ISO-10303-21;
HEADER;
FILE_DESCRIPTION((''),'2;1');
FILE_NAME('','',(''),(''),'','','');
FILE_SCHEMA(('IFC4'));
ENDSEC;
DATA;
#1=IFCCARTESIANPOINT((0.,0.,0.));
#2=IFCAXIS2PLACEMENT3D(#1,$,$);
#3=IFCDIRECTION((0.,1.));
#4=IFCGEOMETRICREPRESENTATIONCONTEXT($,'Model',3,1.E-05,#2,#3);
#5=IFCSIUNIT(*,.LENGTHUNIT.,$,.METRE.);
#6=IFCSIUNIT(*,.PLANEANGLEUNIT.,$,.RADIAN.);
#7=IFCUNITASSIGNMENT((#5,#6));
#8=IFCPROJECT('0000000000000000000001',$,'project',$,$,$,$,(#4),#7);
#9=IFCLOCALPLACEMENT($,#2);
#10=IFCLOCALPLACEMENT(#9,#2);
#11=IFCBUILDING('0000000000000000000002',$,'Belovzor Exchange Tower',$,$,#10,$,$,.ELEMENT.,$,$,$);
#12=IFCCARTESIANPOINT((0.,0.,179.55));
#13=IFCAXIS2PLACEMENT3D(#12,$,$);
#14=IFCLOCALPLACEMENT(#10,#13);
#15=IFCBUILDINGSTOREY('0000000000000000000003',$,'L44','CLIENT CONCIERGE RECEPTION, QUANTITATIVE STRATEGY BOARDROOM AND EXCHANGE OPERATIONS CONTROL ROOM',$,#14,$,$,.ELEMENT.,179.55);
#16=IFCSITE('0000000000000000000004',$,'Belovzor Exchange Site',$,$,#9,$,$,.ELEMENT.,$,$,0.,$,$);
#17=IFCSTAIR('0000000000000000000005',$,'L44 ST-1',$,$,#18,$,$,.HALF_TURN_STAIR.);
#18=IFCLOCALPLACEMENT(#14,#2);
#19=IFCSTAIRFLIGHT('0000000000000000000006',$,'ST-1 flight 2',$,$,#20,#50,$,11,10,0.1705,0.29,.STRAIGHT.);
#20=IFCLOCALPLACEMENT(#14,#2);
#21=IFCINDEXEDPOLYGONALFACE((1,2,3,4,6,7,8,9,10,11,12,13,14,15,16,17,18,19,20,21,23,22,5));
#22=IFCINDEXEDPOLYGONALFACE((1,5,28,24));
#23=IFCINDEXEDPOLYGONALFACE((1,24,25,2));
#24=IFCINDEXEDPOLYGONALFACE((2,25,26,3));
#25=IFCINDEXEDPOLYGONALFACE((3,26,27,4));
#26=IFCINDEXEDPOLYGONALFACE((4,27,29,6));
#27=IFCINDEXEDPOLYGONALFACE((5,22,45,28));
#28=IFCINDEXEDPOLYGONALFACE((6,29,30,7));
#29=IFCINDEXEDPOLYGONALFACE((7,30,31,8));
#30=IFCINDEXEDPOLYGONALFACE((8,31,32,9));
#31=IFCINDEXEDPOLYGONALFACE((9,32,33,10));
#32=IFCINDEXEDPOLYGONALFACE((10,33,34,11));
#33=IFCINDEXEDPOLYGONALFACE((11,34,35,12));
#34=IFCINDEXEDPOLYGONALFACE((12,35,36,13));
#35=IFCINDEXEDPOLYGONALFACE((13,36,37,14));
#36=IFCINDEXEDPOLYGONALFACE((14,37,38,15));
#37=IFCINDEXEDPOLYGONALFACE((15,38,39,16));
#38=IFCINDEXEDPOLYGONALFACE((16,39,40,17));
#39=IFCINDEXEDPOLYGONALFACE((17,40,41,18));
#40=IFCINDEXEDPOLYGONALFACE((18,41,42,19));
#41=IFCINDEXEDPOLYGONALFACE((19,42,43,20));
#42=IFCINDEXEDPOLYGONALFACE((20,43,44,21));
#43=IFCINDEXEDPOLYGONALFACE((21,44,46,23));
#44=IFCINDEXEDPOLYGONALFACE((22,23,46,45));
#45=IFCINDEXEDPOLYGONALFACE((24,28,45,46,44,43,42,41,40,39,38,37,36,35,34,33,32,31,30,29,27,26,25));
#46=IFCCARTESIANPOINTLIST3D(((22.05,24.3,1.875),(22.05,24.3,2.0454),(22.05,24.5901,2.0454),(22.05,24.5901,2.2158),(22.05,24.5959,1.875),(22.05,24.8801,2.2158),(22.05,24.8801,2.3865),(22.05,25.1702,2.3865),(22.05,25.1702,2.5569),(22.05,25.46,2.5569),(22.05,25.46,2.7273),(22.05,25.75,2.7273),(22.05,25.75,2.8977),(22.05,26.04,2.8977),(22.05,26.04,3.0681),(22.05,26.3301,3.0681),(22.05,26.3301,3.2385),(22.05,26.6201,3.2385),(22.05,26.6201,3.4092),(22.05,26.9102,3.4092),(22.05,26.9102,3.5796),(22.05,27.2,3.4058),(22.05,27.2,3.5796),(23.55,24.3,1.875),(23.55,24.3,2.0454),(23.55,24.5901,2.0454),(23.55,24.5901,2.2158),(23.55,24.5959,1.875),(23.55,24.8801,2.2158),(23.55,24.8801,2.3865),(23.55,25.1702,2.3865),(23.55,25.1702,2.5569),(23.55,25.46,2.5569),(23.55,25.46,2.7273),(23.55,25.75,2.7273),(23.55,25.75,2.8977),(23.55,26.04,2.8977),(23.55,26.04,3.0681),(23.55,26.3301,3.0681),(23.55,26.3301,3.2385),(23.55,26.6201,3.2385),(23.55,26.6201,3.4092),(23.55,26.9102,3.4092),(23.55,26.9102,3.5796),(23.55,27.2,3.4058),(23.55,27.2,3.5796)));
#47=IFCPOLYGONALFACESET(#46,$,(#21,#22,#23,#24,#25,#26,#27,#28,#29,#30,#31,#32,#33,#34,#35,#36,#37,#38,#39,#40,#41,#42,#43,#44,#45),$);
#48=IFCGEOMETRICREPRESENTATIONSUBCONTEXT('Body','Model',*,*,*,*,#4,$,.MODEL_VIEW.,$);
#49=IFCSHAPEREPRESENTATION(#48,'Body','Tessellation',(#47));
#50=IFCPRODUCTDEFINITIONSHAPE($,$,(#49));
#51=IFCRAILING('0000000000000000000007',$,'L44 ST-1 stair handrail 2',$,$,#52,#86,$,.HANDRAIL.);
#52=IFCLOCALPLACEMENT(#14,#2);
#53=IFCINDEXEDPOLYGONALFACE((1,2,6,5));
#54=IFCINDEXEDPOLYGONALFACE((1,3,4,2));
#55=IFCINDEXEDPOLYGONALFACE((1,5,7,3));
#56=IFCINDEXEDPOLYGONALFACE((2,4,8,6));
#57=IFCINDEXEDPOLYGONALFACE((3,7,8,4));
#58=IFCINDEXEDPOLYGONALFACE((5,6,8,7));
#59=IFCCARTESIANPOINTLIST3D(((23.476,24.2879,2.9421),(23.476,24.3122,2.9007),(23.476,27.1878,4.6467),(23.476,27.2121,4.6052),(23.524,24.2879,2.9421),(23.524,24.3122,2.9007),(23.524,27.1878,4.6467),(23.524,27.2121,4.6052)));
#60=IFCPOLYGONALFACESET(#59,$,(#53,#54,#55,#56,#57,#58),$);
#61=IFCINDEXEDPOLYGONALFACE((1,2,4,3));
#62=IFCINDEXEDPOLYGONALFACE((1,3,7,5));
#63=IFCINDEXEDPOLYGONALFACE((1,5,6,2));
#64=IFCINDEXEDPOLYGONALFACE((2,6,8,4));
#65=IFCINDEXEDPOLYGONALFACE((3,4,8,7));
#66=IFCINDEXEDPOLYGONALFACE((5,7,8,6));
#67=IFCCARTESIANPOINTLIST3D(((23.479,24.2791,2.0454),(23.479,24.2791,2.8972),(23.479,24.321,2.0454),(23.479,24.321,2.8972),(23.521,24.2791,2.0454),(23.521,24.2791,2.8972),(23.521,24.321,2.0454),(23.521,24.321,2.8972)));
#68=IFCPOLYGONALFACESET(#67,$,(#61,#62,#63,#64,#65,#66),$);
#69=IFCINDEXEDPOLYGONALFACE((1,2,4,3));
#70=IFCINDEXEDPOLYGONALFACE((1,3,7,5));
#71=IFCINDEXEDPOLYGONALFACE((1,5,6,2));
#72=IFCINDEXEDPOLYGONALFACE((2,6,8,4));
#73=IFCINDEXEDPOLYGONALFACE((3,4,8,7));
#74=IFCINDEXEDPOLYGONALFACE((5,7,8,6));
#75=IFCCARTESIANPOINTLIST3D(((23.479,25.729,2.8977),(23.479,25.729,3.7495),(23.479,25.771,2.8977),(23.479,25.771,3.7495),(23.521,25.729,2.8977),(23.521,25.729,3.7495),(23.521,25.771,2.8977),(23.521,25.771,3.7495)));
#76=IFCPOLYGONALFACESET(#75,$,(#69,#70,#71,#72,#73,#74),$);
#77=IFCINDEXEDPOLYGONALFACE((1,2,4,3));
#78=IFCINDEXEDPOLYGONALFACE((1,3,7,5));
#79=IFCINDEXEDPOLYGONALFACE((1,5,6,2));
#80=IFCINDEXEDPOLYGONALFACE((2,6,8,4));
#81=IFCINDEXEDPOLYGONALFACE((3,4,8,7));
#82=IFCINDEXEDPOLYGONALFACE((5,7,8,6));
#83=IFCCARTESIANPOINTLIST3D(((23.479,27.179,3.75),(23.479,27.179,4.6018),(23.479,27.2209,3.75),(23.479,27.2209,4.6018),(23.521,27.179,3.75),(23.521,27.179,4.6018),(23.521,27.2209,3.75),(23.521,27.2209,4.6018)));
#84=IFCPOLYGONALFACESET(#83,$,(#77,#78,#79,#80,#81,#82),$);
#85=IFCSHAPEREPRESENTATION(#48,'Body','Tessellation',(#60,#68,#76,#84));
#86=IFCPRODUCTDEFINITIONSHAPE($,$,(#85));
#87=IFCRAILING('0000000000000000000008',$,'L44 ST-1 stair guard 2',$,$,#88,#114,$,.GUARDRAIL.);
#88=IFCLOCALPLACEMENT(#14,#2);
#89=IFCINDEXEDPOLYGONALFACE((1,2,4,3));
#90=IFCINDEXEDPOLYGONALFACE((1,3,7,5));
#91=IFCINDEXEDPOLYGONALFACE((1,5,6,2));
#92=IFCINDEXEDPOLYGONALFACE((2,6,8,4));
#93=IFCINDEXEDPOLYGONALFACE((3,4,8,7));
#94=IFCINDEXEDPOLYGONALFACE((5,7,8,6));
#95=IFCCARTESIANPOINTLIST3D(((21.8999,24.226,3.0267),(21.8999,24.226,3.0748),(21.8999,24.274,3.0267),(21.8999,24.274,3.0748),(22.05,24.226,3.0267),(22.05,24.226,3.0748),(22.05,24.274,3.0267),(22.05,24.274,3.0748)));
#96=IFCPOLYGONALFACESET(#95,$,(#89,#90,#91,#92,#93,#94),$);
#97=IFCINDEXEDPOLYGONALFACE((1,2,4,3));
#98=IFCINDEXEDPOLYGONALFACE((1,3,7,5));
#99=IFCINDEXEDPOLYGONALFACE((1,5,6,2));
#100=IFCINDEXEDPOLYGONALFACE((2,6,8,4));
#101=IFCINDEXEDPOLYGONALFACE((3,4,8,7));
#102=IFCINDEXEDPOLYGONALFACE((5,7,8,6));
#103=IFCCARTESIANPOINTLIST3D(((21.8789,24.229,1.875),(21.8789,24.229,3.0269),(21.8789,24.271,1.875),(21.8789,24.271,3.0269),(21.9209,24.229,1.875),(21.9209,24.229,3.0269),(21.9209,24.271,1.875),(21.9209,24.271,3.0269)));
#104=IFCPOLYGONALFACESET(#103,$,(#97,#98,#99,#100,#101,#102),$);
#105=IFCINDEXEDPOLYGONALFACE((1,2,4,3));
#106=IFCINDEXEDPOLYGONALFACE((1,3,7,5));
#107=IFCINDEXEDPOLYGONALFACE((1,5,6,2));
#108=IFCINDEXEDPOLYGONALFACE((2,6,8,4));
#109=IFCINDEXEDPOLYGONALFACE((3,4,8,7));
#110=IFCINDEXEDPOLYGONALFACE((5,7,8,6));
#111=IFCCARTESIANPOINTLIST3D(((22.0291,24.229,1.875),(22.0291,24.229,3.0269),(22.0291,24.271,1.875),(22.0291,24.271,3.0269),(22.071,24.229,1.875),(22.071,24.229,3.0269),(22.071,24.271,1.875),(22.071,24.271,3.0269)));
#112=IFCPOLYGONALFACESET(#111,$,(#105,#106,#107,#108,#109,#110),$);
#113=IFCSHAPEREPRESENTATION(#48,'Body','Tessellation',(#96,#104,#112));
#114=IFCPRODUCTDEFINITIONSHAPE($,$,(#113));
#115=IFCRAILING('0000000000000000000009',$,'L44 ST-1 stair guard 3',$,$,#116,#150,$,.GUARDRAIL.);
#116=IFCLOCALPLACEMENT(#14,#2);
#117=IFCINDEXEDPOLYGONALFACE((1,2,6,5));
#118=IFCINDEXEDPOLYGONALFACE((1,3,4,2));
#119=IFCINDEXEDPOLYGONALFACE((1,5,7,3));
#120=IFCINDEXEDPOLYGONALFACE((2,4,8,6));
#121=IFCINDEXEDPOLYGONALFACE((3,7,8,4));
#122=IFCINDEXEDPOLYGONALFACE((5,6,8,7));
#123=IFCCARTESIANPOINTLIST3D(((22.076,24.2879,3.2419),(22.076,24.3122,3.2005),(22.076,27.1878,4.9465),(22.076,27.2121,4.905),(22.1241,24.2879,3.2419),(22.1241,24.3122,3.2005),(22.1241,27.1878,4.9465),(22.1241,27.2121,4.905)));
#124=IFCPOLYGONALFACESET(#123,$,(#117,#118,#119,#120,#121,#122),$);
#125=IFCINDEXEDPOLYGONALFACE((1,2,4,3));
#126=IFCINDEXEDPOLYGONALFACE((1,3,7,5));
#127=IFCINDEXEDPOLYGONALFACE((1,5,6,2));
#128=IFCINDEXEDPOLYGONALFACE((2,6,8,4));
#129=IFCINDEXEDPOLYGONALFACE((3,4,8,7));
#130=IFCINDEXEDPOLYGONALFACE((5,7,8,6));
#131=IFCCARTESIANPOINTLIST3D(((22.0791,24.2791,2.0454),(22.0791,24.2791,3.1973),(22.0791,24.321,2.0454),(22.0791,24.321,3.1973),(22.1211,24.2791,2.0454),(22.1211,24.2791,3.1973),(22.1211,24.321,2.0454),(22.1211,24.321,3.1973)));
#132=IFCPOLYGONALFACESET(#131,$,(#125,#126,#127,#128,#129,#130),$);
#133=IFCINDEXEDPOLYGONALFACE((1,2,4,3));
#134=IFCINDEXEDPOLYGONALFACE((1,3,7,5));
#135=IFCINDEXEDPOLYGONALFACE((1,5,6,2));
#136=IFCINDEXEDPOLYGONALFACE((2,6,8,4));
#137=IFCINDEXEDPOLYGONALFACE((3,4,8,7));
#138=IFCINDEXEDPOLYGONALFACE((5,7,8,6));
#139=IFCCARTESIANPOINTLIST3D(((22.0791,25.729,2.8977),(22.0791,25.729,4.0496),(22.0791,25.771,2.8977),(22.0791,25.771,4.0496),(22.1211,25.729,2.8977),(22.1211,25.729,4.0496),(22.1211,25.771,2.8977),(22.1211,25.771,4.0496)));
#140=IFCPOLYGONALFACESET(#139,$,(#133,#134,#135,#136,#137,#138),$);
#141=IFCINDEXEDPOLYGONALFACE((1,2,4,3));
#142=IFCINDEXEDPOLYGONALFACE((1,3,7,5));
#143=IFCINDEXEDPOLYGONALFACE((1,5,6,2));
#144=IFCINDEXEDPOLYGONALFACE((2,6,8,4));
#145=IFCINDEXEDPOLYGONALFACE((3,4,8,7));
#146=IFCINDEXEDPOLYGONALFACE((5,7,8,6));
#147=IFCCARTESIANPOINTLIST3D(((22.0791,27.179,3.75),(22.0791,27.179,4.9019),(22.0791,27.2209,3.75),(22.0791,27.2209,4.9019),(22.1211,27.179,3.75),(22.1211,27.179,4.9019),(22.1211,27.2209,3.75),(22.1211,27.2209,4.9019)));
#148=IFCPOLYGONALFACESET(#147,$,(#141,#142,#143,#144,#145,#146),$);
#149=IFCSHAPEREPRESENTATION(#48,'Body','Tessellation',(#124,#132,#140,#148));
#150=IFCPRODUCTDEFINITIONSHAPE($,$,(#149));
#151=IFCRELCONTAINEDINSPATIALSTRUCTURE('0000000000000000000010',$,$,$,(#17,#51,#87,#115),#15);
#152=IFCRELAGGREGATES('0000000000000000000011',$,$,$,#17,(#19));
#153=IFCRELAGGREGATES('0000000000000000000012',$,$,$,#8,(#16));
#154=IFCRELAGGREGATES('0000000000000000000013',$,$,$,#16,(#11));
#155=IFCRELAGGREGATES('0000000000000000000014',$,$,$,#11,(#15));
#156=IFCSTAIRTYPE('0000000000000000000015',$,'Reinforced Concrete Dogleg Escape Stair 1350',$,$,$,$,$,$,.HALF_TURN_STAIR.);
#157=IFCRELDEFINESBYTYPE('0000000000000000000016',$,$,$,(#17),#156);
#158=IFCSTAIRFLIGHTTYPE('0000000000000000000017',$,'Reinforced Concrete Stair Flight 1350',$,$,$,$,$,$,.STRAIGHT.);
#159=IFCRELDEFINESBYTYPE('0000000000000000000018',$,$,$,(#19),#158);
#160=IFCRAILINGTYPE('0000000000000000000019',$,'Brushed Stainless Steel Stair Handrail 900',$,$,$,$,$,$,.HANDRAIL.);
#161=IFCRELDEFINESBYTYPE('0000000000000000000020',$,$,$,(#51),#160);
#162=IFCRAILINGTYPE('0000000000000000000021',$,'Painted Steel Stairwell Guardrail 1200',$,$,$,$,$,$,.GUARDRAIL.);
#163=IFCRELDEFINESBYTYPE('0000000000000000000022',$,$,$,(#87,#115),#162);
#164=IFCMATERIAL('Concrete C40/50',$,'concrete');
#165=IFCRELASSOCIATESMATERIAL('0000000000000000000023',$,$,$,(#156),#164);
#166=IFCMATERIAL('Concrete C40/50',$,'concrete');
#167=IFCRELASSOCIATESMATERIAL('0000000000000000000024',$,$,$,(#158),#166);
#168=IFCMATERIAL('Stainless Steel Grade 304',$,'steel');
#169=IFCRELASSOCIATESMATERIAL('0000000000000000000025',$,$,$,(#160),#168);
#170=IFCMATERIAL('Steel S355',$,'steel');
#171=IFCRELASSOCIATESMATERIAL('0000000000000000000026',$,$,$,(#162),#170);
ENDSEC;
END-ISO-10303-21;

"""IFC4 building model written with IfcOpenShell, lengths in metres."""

from ifc_helpers import new_model, si_unit, direction, frame, origin, origin_2d, place, context, subcontext, project, spatial, polyline, rectangle, outline, extrude, material, type_object, element, aggregate, save


model = new_model("IFC4")

# Units and contexts
model_context = context("Model", 3, precision=1e-05, world=origin(), true_north=direction((0.0, 1.0)))
body_context = subcontext(model_context, "Body", "Model", "MODEL_VIEW")
ifc_project = project(units=[si_unit("LENGTHUNIT", "METRE"), si_unit("PLANEANGLEUNIT", "RADIAN")], contexts=[model_context])

# Site, building, storey
site_placement = place(None, origin())
site = spatial("IfcSite", under=ifc_project, at=site_placement, Name="Belovzor Exchange Site", CompositionType="ELEMENT", RefElevation=0.0)
building_placement = place(site_placement, origin())
building = spatial("IfcBuilding", under=site, at=building_placement, Name="Belovzor Exchange Tower", CompositionType="ELEMENT")
storey_placement = place(building_placement, frame((0.0, 0.0, 179.55)))
storey = spatial("IfcBuildingStorey", under=building, at=storey_placement, Name="L44", Description="CLIENT CONCIERGE RECEPTION, QUANTITATIVE STRATEGY BOARDROOM AND EXCHANGE OPERATIONS CONTROL ROOM", CompositionType="ELEMENT", Elevation=179.55)

# Stair, stair flight
ifc_material_1 = material(Name="Concrete C40/50", Category="concrete")
stair_type = type_object("IfcStairType", Name="Reinforced Concrete Dogleg Escape Stair 1350", PredefinedType="HALF_TURN_STAIR", material=ifc_material_1)
stair_placement = place(storey_placement, origin())
stair = element("IfcStair", 1, at=stair_placement, inside=storey, type_object=stair_type, Name="L44 ST-1", PredefinedType="HALF_TURN_STAIR")
ifc_material_2 = material(Name="Concrete C40/50", Category="concrete")
stair_flight_type = type_object("IfcStairFlightType", Name="Reinforced Concrete Stair Flight 1350", PredefinedType="STRAIGHT", material=ifc_material_2)
stair_flight_placement = place(storey_placement, frame((22.8, 24.3, 1.875), z_axis=(0.0, 0.0, 1.0), x_axis=(0.0, 1.0, 0.0)))
stair_flight = element("IfcStairFlight", 2, at=stair_flight_placement, type_object=stair_flight_type, Name="ST-1 flight 2", NumberOfRisers=11, NumberOfTreads=10, PredefinedType="STRAIGHT", RiserHeight=0.1705, TreadLength=0.29, context=body_context, shape_type="SweptSolid", body=[
    extrude(outline(polyline([(0.0, 0.0), (0.0, 0.1704), (0.29, 0.1704), (0.29, 0.3408), (0.5801, 0.3408), (0.5801, 0.5115), (0.8701, 0.5115), (0.8701, 0.6819), (1.1599, 0.6819), (1.1599, 0.8523), (1.45, 0.8523), (1.45, 1.0227), (1.74, 1.0227), (1.74, 1.1931), (2.03, 1.1931), (2.03, 1.3635), (2.3201, 1.3635), (2.3201, 1.5342), (2.6101, 1.5342), (2.6101, 1.7046), (2.8999, 1.7046), (2.8999, 1.875), (2.8999, 1.5308), (0.2959, 0.0), (0.0, 0.0)])), frame((0.0, 0.75, 0.0), z_axis=(0.0, -1.0, 0.0), x_axis=(1.0, 0.0, 0.0)), (0.0, 0.0, 1.0), 1.5),
])
aggregate(stair, [stair_flight])

# Railings
ifc_material_3 = material(Name="Stainless Steel Grade 304", Category="steel")
railing_type_1 = type_object("IfcRailingType", Name="Brushed Stainless Steel Stair Handrail 900", PredefinedType="HANDRAIL", material=ifc_material_3)
railing_1_placement = place(storey_placement, frame((23.5, 24.3, 2.0454)))
element("IfcRailing", 3, at=railing_1_placement, inside=storey, type_object=railing_type_1, Name="L44 ST-1 stair handrail 2", PredefinedType="HANDRAIL", context=body_context, shape_type="SweptSolid", body=[
    extrude(rectangle(XDim=0.0481, YDim=0.0481, at=origin_2d()), frame((0.0, 0.0, 0.876), z_axis=(0.0, 0.862095, 0.506747), x_axis=(-1.0, 0.0, 0.0)), (0.0, 0.0, 1.0), 3.3638),
    extrude(rectangle(XDim=0.042, YDim=0.042, at=origin_2d()), origin(), (0.0, 0.0, 1.0), 0.8518),
    extrude(rectangle(XDim=0.042, YDim=0.042, at=origin_2d()), frame((0.0, 1.45, 0.8523)), (0.0, 0.0, 1.0), 0.8518),
    extrude(rectangle(XDim=0.042, YDim=0.042, at=origin_2d()), frame((0.0, 2.8999, 1.7046)), (0.0, 0.0, 1.0), 0.8518),
])
ifc_material_4 = material(Name="Steel S355", Category="steel")
railing_type_2 = type_object("IfcRailingType", Name="Painted Steel Stairwell Guardrail 1200", PredefinedType="GUARDRAIL", material=ifc_material_4)
railing_2_placement = place(storey_placement, frame((21.8999, 24.25, 1.875)))
element("IfcRailing", 4, at=railing_2_placement, inside=storey, type_object=railing_type_2, Name="L44 ST-1 stair guard 2", PredefinedType="GUARDRAIL", context=body_context, shape_type="SweptSolid", body=[
    extrude(rectangle(XDim=0.0481, YDim=0.0481, at=origin_2d()), frame((0.0, 0.0, 1.1758), z_axis=(1.0, 0.0, 0.0), x_axis=(0.0, 1.0, 0.0)), (0.0, 0.0, 1.0), 0.1501),
    extrude(rectangle(XDim=0.042, YDim=0.042, at=origin_2d()), origin(), (0.0, 0.0, 1.0), 1.1519),
    extrude(rectangle(XDim=0.042, YDim=0.042, at=origin_2d()), frame((0.1501, 0.0, 0.0)), (0.0, 0.0, 1.0), 1.1519),
])
railing_3_placement = place(storey_placement, frame((22.1001, 24.3, 2.0454)))
element("IfcRailing", 5, at=railing_3_placement, inside=storey, type_object=railing_type_2, Name="L44 ST-1 stair guard 3", PredefinedType="GUARDRAIL", context=body_context, shape_type="SweptSolid", body=[
    extrude(rectangle(XDim=0.0481, YDim=0.0481, at=origin_2d()), frame((0.0, 0.0, 1.1758), z_axis=(0.0, 0.862095, 0.506747), x_axis=(-1.0, 0.0, 0.0)), (0.0, 0.0, 1.0), 3.3638),
    extrude(rectangle(XDim=0.042, YDim=0.042, at=origin_2d()), origin(), (0.0, 0.0, 1.0), 1.1519),
    extrude(rectangle(XDim=0.042, YDim=0.042, at=origin_2d()), frame((0.0, 1.45, 0.8523)), (0.0, 0.0, 1.0), 1.1519),
    extrude(rectangle(XDim=0.042, YDim=0.042, at=origin_2d()), frame((0.0, 2.8999, 1.7046)), (0.0, 0.0, 1.0), 1.1519),
])

save(model, "model.ifc")
